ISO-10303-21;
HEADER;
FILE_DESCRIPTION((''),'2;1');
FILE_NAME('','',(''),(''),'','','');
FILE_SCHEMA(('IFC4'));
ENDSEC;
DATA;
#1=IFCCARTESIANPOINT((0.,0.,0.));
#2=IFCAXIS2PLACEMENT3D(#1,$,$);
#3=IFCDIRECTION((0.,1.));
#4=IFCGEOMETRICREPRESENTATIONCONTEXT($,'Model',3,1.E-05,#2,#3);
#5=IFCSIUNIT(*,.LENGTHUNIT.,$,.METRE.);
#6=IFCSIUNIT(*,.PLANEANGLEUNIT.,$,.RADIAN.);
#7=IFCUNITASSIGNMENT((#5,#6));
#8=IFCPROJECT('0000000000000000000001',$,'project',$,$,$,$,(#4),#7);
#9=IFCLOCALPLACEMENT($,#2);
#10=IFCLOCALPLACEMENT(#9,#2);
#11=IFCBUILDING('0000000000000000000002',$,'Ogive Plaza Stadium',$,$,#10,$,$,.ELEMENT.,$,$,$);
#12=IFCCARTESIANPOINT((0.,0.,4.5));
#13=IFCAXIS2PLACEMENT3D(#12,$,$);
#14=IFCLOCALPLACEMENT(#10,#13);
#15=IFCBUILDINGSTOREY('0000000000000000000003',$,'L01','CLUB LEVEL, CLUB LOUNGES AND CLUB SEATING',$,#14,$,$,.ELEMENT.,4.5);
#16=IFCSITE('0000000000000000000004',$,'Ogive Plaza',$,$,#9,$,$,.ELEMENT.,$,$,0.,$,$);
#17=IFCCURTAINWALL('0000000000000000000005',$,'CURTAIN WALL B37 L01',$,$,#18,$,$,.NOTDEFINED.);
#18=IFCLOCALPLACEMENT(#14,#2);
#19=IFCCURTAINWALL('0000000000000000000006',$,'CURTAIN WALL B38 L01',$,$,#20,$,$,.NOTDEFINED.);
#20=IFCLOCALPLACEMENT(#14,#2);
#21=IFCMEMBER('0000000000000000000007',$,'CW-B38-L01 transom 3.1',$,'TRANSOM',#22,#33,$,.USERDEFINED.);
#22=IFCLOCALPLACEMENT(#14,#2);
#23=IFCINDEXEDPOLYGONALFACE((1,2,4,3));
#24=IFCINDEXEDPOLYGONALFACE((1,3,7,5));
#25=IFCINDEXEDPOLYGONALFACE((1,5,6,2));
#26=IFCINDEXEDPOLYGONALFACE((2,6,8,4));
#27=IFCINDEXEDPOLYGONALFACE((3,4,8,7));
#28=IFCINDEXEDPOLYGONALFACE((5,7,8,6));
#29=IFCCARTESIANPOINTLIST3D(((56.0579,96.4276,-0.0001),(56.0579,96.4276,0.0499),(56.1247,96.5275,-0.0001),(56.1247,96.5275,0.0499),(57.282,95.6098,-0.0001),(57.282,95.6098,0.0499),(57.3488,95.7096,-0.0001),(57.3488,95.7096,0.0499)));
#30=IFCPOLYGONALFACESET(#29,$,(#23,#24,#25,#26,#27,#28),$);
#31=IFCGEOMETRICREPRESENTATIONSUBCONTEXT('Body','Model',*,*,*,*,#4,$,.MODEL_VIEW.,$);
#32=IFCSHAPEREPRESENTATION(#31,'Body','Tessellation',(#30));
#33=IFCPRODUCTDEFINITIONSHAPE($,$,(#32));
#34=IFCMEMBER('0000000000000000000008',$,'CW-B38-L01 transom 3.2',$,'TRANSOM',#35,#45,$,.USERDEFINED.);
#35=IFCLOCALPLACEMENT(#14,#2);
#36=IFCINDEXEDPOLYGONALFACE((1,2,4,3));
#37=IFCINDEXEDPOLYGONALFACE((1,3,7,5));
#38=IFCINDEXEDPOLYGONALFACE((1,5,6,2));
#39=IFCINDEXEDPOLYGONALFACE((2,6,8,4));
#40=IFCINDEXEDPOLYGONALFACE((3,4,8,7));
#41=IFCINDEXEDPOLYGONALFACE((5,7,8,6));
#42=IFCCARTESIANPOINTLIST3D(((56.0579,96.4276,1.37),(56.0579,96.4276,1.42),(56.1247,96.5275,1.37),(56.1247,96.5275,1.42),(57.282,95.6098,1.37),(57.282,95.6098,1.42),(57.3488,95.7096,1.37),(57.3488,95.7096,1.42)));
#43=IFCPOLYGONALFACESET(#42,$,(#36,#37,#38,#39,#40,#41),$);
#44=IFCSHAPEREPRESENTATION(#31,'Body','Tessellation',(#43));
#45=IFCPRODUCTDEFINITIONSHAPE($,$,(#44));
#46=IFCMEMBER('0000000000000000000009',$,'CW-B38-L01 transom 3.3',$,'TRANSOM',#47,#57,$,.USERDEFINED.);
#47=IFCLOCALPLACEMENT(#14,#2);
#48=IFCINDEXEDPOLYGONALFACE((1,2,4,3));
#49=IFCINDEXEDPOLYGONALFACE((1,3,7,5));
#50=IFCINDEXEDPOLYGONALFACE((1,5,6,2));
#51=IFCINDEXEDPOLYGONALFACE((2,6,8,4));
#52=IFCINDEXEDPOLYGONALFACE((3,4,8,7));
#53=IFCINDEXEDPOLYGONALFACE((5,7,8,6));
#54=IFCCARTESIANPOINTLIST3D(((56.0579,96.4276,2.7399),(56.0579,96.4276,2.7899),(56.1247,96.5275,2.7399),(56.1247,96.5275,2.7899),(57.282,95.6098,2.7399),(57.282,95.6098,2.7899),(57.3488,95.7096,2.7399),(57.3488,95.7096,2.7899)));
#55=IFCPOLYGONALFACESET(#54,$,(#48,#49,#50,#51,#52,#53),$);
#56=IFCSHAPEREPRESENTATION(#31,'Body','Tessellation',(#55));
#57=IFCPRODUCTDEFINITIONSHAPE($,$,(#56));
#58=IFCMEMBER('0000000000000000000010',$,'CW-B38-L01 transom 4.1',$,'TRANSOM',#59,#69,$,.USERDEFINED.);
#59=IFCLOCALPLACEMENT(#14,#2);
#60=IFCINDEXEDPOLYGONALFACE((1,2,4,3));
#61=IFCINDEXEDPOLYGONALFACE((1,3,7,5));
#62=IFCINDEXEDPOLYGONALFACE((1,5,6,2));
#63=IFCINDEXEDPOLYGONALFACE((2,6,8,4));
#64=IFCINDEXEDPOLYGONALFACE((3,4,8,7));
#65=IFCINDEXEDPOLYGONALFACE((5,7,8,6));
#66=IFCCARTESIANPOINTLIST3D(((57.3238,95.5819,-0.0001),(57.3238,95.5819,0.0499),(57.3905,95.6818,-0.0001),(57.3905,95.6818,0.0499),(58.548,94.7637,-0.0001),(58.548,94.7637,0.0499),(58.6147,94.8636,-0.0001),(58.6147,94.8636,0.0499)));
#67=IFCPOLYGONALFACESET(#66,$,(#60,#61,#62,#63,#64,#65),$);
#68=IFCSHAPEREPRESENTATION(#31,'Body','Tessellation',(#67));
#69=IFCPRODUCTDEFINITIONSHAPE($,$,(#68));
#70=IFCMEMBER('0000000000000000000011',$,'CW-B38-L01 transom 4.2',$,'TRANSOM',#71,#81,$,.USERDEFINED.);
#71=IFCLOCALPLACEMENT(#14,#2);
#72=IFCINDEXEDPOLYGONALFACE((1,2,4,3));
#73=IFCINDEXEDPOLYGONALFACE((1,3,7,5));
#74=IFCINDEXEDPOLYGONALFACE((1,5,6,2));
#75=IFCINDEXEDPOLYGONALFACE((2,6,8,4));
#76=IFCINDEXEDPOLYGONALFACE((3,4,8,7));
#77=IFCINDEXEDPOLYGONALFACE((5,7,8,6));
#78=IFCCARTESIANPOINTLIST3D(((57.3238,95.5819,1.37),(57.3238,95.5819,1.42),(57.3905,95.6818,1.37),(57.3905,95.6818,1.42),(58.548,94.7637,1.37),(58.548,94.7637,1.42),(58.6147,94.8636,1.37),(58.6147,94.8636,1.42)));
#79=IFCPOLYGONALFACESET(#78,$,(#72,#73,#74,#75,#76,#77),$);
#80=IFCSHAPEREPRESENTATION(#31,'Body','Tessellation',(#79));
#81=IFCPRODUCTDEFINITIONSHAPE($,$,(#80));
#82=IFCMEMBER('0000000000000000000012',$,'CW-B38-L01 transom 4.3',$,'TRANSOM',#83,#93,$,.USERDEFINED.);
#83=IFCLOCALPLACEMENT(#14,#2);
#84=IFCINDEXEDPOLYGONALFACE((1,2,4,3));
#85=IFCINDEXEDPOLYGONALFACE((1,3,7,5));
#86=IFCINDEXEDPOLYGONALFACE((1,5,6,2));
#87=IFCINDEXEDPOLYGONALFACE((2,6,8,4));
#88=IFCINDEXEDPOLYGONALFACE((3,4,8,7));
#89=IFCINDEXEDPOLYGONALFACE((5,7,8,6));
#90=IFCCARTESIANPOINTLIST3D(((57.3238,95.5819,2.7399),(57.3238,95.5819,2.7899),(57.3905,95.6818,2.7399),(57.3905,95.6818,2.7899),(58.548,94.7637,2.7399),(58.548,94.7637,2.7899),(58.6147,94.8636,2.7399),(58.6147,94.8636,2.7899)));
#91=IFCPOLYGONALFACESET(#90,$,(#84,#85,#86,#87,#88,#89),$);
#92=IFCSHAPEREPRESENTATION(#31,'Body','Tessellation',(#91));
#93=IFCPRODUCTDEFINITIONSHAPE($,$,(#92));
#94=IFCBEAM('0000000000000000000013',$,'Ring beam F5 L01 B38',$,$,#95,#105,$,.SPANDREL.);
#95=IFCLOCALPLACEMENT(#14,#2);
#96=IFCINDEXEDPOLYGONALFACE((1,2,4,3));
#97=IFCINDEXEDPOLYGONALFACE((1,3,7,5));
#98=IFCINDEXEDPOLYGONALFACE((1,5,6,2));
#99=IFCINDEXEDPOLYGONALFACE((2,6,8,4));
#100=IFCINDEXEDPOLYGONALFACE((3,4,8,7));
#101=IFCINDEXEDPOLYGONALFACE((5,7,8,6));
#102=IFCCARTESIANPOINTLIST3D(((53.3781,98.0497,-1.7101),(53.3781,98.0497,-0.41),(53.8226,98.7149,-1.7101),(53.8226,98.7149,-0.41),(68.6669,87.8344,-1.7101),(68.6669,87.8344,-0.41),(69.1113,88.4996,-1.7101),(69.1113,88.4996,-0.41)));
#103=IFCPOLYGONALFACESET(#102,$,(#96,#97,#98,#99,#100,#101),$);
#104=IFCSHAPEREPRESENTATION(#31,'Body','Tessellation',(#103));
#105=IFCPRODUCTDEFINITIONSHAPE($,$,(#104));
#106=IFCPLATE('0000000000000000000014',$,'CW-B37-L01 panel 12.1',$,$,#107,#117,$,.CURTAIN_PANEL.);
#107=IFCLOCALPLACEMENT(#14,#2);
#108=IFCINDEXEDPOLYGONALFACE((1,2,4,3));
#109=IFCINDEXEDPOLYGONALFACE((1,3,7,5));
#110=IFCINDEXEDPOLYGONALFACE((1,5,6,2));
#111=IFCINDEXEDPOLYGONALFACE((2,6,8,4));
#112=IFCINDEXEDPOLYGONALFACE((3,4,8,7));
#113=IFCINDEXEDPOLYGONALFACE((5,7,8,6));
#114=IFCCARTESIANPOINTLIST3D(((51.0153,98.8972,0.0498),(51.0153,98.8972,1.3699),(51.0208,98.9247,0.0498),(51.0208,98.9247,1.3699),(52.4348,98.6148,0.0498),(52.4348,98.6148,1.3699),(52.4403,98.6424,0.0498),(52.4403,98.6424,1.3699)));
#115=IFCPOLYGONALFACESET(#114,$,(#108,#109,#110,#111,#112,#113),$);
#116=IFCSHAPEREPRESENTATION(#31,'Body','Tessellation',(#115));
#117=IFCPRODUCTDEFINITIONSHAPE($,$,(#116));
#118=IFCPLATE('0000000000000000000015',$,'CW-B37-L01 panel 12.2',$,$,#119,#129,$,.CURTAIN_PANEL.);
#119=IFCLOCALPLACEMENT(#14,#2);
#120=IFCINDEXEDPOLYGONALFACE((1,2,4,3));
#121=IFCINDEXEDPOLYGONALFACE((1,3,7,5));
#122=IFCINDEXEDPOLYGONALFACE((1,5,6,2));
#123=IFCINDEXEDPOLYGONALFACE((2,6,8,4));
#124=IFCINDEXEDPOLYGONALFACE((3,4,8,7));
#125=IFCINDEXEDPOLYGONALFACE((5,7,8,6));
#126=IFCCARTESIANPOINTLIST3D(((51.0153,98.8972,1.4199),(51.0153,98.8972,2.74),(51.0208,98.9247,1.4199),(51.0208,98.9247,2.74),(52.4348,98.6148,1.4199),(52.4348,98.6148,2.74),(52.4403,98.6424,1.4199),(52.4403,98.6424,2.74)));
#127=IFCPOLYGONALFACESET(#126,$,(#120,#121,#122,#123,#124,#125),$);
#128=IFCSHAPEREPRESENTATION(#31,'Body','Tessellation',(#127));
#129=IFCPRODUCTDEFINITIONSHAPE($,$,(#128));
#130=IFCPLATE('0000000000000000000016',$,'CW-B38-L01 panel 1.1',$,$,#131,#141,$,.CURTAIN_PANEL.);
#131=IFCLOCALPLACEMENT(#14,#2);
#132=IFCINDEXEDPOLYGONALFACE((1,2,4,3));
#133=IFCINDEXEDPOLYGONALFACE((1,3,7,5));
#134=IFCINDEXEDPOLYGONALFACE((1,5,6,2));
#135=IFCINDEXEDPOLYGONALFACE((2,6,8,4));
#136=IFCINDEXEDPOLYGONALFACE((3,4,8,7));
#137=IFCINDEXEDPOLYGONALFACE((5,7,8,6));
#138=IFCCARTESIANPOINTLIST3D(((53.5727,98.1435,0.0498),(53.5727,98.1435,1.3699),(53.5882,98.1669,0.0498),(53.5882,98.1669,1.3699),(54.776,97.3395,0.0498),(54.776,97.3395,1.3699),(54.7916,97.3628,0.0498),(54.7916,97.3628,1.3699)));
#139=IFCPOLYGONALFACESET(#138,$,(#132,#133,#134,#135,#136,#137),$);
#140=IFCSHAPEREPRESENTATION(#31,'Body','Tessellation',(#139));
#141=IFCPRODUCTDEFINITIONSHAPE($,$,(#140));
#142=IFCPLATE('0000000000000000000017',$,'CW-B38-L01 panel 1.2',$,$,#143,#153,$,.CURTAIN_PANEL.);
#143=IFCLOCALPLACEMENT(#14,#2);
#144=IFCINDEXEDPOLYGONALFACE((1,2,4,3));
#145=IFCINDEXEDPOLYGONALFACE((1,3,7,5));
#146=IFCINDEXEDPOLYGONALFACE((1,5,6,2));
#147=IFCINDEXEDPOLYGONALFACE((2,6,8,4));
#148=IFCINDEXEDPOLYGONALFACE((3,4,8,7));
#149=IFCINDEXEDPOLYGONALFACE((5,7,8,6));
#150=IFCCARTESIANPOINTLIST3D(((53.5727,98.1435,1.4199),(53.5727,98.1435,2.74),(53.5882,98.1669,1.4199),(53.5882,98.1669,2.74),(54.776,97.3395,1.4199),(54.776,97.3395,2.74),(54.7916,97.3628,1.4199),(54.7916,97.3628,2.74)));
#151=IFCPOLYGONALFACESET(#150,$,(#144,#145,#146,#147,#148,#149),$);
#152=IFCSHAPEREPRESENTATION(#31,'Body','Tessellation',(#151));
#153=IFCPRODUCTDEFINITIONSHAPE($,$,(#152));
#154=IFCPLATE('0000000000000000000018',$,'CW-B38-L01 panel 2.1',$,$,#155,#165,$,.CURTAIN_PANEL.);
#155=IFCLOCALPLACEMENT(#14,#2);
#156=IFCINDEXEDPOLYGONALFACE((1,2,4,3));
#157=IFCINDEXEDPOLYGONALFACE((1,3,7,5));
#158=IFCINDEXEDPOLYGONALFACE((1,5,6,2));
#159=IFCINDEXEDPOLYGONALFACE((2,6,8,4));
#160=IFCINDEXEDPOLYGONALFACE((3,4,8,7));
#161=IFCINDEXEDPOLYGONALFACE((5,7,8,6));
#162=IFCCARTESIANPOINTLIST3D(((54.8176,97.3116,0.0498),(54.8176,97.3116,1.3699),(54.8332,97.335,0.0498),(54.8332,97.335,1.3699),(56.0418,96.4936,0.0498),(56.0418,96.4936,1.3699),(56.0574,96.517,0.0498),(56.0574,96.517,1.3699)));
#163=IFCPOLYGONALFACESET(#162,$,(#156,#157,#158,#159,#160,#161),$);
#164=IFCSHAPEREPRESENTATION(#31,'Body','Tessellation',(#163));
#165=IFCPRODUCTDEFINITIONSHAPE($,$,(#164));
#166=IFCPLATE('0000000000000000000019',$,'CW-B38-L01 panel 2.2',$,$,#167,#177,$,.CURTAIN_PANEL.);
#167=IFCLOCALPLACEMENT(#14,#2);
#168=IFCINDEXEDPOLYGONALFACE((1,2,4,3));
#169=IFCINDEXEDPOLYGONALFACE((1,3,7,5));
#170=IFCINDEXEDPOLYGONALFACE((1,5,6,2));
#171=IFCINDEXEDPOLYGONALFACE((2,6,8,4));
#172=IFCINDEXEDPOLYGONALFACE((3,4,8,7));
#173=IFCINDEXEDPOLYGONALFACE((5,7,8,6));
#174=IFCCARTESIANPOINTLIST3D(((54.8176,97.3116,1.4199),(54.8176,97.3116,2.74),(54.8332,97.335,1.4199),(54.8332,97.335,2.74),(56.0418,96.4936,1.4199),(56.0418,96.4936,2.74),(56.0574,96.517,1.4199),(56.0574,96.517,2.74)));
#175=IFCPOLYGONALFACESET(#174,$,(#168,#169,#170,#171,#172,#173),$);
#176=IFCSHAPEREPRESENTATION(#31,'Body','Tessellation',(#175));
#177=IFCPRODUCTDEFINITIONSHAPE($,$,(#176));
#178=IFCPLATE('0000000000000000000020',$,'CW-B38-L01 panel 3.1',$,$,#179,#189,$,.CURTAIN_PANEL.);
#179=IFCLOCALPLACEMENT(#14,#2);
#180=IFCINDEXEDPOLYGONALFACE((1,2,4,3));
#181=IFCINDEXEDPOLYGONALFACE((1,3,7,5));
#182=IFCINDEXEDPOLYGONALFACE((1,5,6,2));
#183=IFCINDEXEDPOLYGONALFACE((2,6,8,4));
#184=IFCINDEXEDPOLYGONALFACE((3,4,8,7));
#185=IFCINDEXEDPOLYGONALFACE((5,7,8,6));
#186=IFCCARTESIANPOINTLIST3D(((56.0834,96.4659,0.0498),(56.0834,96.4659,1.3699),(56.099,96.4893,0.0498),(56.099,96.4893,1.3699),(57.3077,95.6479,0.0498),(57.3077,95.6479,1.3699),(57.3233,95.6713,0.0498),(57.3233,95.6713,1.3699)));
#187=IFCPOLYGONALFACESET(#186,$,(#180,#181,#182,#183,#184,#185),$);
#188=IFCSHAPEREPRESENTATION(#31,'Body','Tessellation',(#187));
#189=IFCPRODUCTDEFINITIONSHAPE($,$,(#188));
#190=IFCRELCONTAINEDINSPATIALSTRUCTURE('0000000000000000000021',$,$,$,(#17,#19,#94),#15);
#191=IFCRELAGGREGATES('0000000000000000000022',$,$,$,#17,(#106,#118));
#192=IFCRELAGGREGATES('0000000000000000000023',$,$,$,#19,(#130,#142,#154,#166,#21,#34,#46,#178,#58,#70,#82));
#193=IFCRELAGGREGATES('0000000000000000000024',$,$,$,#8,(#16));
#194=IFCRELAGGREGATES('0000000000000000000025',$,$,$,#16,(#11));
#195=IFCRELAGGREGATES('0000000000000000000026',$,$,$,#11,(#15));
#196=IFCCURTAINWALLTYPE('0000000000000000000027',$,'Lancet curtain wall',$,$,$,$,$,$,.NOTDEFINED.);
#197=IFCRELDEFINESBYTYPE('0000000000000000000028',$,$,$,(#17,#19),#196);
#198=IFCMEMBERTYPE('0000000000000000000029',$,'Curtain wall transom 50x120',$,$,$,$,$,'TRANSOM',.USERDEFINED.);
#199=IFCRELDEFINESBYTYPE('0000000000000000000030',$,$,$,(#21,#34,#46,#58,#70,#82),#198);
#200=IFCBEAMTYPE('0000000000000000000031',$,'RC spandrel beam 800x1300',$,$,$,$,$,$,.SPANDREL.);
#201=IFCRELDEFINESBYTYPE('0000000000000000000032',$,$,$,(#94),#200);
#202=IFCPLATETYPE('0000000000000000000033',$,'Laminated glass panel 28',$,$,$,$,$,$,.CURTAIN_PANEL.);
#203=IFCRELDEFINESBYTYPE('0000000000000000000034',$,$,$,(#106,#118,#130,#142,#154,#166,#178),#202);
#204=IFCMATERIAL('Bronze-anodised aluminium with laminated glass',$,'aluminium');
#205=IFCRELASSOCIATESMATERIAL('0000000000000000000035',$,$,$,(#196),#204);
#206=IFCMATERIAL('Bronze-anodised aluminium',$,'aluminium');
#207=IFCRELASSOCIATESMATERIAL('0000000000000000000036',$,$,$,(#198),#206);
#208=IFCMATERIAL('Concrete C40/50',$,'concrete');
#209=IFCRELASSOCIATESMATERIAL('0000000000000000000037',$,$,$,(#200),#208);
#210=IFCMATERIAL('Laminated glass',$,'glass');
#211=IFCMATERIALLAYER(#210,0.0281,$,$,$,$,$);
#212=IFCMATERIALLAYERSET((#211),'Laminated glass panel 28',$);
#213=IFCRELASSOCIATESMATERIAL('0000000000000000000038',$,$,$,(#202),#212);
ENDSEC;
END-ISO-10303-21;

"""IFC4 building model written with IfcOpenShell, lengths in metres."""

from ifc_helpers import new_model, si_unit, direction, frame, origin, origin_2d, place, context, subcontext, project, spatial, rectangle, extrude, material, layer, layer_set, material_profile, profile_set, type_object, element, aggregate, save


model = new_model("IFC4")

# Units and contexts
model_context = context("Model", 3, precision=1e-05, world=origin(), true_north=direction((0.0, 1.0)))
body_context = subcontext(model_context, "Body", "Model", "MODEL_VIEW")
ifc_project = project(units=[si_unit("LENGTHUNIT", "METRE"), si_unit("PLANEANGLEUNIT", "RADIAN")], contexts=[model_context])

# Site, building, storey
site_placement = place(None, origin())
site = spatial("IfcSite", under=ifc_project, at=site_placement, Name="Ogive Plaza", CompositionType="ELEMENT", RefElevation=0.0)
building_placement = place(site_placement, origin())
building = spatial("IfcBuilding", under=site, at=building_placement, Name="Ogive Plaza Stadium", CompositionType="ELEMENT")
storey_placement = place(building_placement, frame((0.0, 0.0, 4.5)))
storey = spatial("IfcBuildingStorey", under=building, at=storey_placement, Name="L01", Description="CLUB LEVEL, CLUB LOUNGES AND CLUB SEATING", CompositionType="ELEMENT", Elevation=4.5)

# Curtain wall
ifc_material_1 = material(Name="Bronze-anodised aluminium with laminated glass", Category="aluminium")
curtain_wall_type = type_object("IfcCurtainWallType", Name="Lancet curtain wall", PredefinedType="NOTDEFINED", material=ifc_material_1)
curtain_wall_1_placement = place(storey_placement, origin())
curtain_wall_1 = element("IfcCurtainWall", 1, at=curtain_wall_1_placement, inside=storey, type_object=curtain_wall_type, Name="CURTAIN WALL B37 L01", PredefinedType="NOTDEFINED")

# Curtain wall
curtain_wall_2_placement = place(storey_placement, origin())
curtain_wall_2 = element("IfcCurtainWall", 2, at=curtain_wall_2_placement, inside=storey, type_object=curtain_wall_type, Name="CURTAIN WALL B38 L01", PredefinedType="NOTDEFINED")

# Members
ifc_material_2 = material(Name="Bronze-anodised aluminium", Category="aluminium")
ifc_material_profile_1 = material_profile(ifc_material_2, rectangle(XDim=0.1201, YDim=0.05, at=origin_2d()), Name="AL 120x50")
ifc_profile_set_1 = profile_set([ifc_material_profile_1], Name="Bronze-anodised aluminium")
member_type_1 = type_object("IfcMemberType", Name="Curtain wall transom 50x120", ElementType="TRANSOM", PredefinedType="USERDEFINED", material=ifc_profile_set_1)
member_1_placement = place(storey_placement, frame((56.0913, 96.4775, 0.0249), z_axis=(0.831489, -0.555542, 0.0), x_axis=(0.555542, 0.831489, 0.0)))
member_1 = element("IfcMember", 3, at=member_1_placement, type_object=member_type_1, Name="CW-B38-L01 transom 3.1", ObjectType="TRANSOM", PredefinedType="USERDEFINED", context=body_context, shape_type="SweptSolid", body=[
    extrude(rectangle(XDim=0.1201, YDim=0.05, at=origin_2d()), origin(), (0.0, 0.0, 1.0), 1.4722),
])
member_2_placement = place(storey_placement, frame((56.0913, 96.4775, 1.395), z_axis=(0.831489, -0.555542, 0.0), x_axis=(0.555542, 0.831489, 0.0)))
member_2 = element("IfcMember", 4, at=member_2_placement, type_object=member_type_1, Name="CW-B38-L01 transom 3.2", ObjectType="TRANSOM", PredefinedType="USERDEFINED", context=body_context, shape_type="SweptSolid", body=[
    extrude(rectangle(XDim=0.1201, YDim=0.05, at=origin_2d()), origin(), (0.0, 0.0, 1.0), 1.4722),
])
member_3_placement = place(storey_placement, frame((56.0913, 96.4775, 2.7649), z_axis=(0.831489, -0.555542, 0.0), x_axis=(0.555542, 0.831489, 0.0)))
member_3 = element("IfcMember", 5, at=member_3_placement, type_object=member_type_1, Name="CW-B38-L01 transom 3.3", ObjectType="TRANSOM", PredefinedType="USERDEFINED", context=body_context, shape_type="SweptSolid", body=[
    extrude(rectangle(XDim=0.1201, YDim=0.05, at=origin_2d()), origin(), (0.0, 0.0, 1.0), 1.4722),
])
member_4_placement = place(storey_placement, frame((57.3572, 95.6318, 0.0249), z_axis=(0.831412, -0.555656, 0.0), x_axis=(0.555656, 0.831412, 0.0)))
member_4 = element("IfcMember", 6, at=member_4_placement, type_object=member_type_1, Name="CW-B38-L01 transom 4.1", ObjectType="TRANSOM", PredefinedType="USERDEFINED", context=body_context, shape_type="SweptSolid", body=[
    extrude(rectangle(XDim=0.1201, YDim=0.05, at=origin_2d()), origin(), (0.0, 0.0, 1.0), 1.4724),
])
member_5_placement = place(storey_placement, frame((57.3572, 95.6318, 1.395), z_axis=(0.831412, -0.555656, 0.0), x_axis=(0.555656, 0.831412, 0.0)))
member_5 = element("IfcMember", 7, at=member_5_placement, type_object=member_type_1, Name="CW-B38-L01 transom 4.2", ObjectType="TRANSOM", PredefinedType="USERDEFINED", context=body_context, shape_type="SweptSolid", body=[
    extrude(rectangle(XDim=0.1201, YDim=0.05, at=origin_2d()), origin(), (0.0, 0.0, 1.0), 1.4724),
])
member_6_placement = place(storey_placement, frame((57.3572, 95.6318, 2.7649), z_axis=(0.831412, -0.555656, 0.0), x_axis=(0.555656, 0.831412, 0.0)))
member_6 = element("IfcMember", 8, at=member_6_placement, type_object=member_type_1, Name="CW-B38-L01 transom 4.3", ObjectType="TRANSOM", PredefinedType="USERDEFINED", context=body_context, shape_type="SweptSolid", body=[
    extrude(rectangle(XDim=0.1201, YDim=0.05, at=origin_2d()), origin(), (0.0, 0.0, 1.0), 1.4724),
])

# Beam
ifc_material_3 = material(Name="Concrete C40/50", Category="concrete")
ifc_material_profile_2 = material_profile(ifc_material_3, rectangle(XDim=0.8, YDim=1.3, at=origin_2d()), Name="RC 800x1300")
ifc_profile_set_2 = profile_set([ifc_material_profile_2], Name="Concrete C40/50")
beam_type = type_object("IfcBeamType", Name="RC spandrel beam 800x1300", PredefinedType="SPANDREL", material=ifc_profile_set_2)
beam_placement = place(storey_placement, frame((53.6003, 98.3823, -1.0601), z_axis=(0.831478, -0.555558, 0.0), x_axis=(0.555558, 0.831478, 0.0)))
element("IfcBeam", 9, at=beam_placement, inside=storey, type_object=beam_type, Name="Ring beam F5 L01 B38", PredefinedType="SPANDREL", context=body_context, shape_type="SweptSolid", body=[
    extrude(rectangle(XDim=0.8, YDim=1.3, at=origin_2d()), origin(), (0.0, 0.0, 1.0), 18.3875),
])

# Plates
ifc_material_4 = material(Name="Laminated glass", Category="glass")
ifc_layer_1 = layer(ifc_material_4, 0.0281)
ifc_layer_set_1 = layer_set([ifc_layer_1], Name="Laminated glass panel 28")
plate_type = type_object("IfcPlateType", Name="Laminated glass panel 28", PredefinedType="CURTAIN_PANEL", material=ifc_layer_set_1)
plate_1_placement = place(storey_placement, frame((51.7278, 98.7698, 0.0498), z_axis=(0.0, 0.0, 1.0), x_axis=(0.980785, -0.19509, 0.0)))
plate_1 = element("IfcPlate", 10, at=plate_1_placement, type_object=plate_type, Name="CW-B37-L01 panel 12.1", PredefinedType="CURTAIN_PANEL", context=body_context, shape_type="SweptSolid", body=[
    extrude(rectangle(XDim=1.4473, YDim=0.0281, at=origin_2d()), origin(), (0.0, 0.0, 1.0), 1.3201),
])
plate_2_placement = place(storey_placement, frame((51.7278, 98.7698, 1.4199), z_axis=(0.0, 0.0, 1.0), x_axis=(0.980785, -0.19509, 0.0)))
plate_2 = element("IfcPlate", 11, at=plate_2_placement, type_object=plate_type, Name="CW-B37-L01 panel 12.2", PredefinedType="CURTAIN_PANEL", context=body_context, shape_type="SweptSolid", body=[
    extrude(rectangle(XDim=1.4473, YDim=0.0281, at=origin_2d()), origin(), (0.0, 0.0, 1.0), 1.3201),
])
aggregate(curtain_wall_1, [plate_1, plate_2])
plate_3_placement = place(storey_placement, frame((54.1821, 97.7532, 0.0498), z_axis=(0.0, 0.0, 1.0), x_axis=(0.83147, -0.55557, 0.0)))
plate_3 = element("IfcPlate", 12, at=plate_3_placement, type_object=plate_type, Name="CW-B38-L01 panel 1.1", PredefinedType="CURTAIN_PANEL", context=body_context, shape_type="SweptSolid", body=[
    extrude(rectangle(XDim=1.4473, YDim=0.0281, at=origin_2d()), origin(), (0.0, 0.0, 1.0), 1.3201),
])
plate_4_placement = place(storey_placement, frame((54.1821, 97.7532, 1.4199), z_axis=(0.0, 0.0, 1.0), x_axis=(0.83147, -0.55557, 0.0)))
plate_4 = element("IfcPlate", 13, at=plate_4_placement, type_object=plate_type, Name="CW-B38-L01 panel 1.2", PredefinedType="CURTAIN_PANEL", context=body_context, shape_type="SweptSolid", body=[
    extrude(rectangle(XDim=1.4473, YDim=0.0281, at=origin_2d()), origin(), (0.0, 0.0, 1.0), 1.3201),
])
plate_5_placement = place(storey_placement, frame((55.4375, 96.9143, 0.0498), z_axis=(0.0, 0.0, 1.0), x_axis=(0.83147, -0.55557, 0.0)))
plate_5 = element("IfcPlate", 14, at=plate_5_placement, type_object=plate_type, Name="CW-B38-L01 panel 2.1", PredefinedType="CURTAIN_PANEL", context=body_context, shape_type="SweptSolid", body=[
    extrude(rectangle(XDim=1.4724, YDim=0.0281, at=origin_2d()), origin(), (0.0, 0.0, 1.0), 1.3201),
])
plate_6_placement = place(storey_placement, frame((55.4375, 96.9143, 1.4199), z_axis=(0.0, 0.0, 1.0), x_axis=(0.83147, -0.55557, 0.0)))
plate_6 = element("IfcPlate", 15, at=plate_6_placement, type_object=plate_type, Name="CW-B38-L01 panel 2.2", PredefinedType="CURTAIN_PANEL", context=body_context, shape_type="SweptSolid", body=[
    extrude(rectangle(XDim=1.4724, YDim=0.0281, at=origin_2d()), origin(), (0.0, 0.0, 1.0), 1.3201),
])
plate_7_placement = place(storey_placement, frame((56.7034, 96.0686, 0.0498), z_axis=(0.0, 0.0, 1.0), x_axis=(0.83147, -0.55557, 0.0)))
plate_7 = element("IfcPlate", 16, at=plate_7_placement, type_object=plate_type, Name="CW-B38-L01 panel 3.1", PredefinedType="CURTAIN_PANEL", context=body_context, shape_type="SweptSolid", body=[
    extrude(rectangle(XDim=1.4724, YDim=0.0281, at=origin_2d()), origin(), (0.0, 0.0, 1.0), 1.3201),
])
aggregate(curtain_wall_2, [plate_3, plate_4, plate_5, plate_6, member_1, member_2, member_3, plate_7, member_4, member_5, member_6])

save(model, "model.ifc")
